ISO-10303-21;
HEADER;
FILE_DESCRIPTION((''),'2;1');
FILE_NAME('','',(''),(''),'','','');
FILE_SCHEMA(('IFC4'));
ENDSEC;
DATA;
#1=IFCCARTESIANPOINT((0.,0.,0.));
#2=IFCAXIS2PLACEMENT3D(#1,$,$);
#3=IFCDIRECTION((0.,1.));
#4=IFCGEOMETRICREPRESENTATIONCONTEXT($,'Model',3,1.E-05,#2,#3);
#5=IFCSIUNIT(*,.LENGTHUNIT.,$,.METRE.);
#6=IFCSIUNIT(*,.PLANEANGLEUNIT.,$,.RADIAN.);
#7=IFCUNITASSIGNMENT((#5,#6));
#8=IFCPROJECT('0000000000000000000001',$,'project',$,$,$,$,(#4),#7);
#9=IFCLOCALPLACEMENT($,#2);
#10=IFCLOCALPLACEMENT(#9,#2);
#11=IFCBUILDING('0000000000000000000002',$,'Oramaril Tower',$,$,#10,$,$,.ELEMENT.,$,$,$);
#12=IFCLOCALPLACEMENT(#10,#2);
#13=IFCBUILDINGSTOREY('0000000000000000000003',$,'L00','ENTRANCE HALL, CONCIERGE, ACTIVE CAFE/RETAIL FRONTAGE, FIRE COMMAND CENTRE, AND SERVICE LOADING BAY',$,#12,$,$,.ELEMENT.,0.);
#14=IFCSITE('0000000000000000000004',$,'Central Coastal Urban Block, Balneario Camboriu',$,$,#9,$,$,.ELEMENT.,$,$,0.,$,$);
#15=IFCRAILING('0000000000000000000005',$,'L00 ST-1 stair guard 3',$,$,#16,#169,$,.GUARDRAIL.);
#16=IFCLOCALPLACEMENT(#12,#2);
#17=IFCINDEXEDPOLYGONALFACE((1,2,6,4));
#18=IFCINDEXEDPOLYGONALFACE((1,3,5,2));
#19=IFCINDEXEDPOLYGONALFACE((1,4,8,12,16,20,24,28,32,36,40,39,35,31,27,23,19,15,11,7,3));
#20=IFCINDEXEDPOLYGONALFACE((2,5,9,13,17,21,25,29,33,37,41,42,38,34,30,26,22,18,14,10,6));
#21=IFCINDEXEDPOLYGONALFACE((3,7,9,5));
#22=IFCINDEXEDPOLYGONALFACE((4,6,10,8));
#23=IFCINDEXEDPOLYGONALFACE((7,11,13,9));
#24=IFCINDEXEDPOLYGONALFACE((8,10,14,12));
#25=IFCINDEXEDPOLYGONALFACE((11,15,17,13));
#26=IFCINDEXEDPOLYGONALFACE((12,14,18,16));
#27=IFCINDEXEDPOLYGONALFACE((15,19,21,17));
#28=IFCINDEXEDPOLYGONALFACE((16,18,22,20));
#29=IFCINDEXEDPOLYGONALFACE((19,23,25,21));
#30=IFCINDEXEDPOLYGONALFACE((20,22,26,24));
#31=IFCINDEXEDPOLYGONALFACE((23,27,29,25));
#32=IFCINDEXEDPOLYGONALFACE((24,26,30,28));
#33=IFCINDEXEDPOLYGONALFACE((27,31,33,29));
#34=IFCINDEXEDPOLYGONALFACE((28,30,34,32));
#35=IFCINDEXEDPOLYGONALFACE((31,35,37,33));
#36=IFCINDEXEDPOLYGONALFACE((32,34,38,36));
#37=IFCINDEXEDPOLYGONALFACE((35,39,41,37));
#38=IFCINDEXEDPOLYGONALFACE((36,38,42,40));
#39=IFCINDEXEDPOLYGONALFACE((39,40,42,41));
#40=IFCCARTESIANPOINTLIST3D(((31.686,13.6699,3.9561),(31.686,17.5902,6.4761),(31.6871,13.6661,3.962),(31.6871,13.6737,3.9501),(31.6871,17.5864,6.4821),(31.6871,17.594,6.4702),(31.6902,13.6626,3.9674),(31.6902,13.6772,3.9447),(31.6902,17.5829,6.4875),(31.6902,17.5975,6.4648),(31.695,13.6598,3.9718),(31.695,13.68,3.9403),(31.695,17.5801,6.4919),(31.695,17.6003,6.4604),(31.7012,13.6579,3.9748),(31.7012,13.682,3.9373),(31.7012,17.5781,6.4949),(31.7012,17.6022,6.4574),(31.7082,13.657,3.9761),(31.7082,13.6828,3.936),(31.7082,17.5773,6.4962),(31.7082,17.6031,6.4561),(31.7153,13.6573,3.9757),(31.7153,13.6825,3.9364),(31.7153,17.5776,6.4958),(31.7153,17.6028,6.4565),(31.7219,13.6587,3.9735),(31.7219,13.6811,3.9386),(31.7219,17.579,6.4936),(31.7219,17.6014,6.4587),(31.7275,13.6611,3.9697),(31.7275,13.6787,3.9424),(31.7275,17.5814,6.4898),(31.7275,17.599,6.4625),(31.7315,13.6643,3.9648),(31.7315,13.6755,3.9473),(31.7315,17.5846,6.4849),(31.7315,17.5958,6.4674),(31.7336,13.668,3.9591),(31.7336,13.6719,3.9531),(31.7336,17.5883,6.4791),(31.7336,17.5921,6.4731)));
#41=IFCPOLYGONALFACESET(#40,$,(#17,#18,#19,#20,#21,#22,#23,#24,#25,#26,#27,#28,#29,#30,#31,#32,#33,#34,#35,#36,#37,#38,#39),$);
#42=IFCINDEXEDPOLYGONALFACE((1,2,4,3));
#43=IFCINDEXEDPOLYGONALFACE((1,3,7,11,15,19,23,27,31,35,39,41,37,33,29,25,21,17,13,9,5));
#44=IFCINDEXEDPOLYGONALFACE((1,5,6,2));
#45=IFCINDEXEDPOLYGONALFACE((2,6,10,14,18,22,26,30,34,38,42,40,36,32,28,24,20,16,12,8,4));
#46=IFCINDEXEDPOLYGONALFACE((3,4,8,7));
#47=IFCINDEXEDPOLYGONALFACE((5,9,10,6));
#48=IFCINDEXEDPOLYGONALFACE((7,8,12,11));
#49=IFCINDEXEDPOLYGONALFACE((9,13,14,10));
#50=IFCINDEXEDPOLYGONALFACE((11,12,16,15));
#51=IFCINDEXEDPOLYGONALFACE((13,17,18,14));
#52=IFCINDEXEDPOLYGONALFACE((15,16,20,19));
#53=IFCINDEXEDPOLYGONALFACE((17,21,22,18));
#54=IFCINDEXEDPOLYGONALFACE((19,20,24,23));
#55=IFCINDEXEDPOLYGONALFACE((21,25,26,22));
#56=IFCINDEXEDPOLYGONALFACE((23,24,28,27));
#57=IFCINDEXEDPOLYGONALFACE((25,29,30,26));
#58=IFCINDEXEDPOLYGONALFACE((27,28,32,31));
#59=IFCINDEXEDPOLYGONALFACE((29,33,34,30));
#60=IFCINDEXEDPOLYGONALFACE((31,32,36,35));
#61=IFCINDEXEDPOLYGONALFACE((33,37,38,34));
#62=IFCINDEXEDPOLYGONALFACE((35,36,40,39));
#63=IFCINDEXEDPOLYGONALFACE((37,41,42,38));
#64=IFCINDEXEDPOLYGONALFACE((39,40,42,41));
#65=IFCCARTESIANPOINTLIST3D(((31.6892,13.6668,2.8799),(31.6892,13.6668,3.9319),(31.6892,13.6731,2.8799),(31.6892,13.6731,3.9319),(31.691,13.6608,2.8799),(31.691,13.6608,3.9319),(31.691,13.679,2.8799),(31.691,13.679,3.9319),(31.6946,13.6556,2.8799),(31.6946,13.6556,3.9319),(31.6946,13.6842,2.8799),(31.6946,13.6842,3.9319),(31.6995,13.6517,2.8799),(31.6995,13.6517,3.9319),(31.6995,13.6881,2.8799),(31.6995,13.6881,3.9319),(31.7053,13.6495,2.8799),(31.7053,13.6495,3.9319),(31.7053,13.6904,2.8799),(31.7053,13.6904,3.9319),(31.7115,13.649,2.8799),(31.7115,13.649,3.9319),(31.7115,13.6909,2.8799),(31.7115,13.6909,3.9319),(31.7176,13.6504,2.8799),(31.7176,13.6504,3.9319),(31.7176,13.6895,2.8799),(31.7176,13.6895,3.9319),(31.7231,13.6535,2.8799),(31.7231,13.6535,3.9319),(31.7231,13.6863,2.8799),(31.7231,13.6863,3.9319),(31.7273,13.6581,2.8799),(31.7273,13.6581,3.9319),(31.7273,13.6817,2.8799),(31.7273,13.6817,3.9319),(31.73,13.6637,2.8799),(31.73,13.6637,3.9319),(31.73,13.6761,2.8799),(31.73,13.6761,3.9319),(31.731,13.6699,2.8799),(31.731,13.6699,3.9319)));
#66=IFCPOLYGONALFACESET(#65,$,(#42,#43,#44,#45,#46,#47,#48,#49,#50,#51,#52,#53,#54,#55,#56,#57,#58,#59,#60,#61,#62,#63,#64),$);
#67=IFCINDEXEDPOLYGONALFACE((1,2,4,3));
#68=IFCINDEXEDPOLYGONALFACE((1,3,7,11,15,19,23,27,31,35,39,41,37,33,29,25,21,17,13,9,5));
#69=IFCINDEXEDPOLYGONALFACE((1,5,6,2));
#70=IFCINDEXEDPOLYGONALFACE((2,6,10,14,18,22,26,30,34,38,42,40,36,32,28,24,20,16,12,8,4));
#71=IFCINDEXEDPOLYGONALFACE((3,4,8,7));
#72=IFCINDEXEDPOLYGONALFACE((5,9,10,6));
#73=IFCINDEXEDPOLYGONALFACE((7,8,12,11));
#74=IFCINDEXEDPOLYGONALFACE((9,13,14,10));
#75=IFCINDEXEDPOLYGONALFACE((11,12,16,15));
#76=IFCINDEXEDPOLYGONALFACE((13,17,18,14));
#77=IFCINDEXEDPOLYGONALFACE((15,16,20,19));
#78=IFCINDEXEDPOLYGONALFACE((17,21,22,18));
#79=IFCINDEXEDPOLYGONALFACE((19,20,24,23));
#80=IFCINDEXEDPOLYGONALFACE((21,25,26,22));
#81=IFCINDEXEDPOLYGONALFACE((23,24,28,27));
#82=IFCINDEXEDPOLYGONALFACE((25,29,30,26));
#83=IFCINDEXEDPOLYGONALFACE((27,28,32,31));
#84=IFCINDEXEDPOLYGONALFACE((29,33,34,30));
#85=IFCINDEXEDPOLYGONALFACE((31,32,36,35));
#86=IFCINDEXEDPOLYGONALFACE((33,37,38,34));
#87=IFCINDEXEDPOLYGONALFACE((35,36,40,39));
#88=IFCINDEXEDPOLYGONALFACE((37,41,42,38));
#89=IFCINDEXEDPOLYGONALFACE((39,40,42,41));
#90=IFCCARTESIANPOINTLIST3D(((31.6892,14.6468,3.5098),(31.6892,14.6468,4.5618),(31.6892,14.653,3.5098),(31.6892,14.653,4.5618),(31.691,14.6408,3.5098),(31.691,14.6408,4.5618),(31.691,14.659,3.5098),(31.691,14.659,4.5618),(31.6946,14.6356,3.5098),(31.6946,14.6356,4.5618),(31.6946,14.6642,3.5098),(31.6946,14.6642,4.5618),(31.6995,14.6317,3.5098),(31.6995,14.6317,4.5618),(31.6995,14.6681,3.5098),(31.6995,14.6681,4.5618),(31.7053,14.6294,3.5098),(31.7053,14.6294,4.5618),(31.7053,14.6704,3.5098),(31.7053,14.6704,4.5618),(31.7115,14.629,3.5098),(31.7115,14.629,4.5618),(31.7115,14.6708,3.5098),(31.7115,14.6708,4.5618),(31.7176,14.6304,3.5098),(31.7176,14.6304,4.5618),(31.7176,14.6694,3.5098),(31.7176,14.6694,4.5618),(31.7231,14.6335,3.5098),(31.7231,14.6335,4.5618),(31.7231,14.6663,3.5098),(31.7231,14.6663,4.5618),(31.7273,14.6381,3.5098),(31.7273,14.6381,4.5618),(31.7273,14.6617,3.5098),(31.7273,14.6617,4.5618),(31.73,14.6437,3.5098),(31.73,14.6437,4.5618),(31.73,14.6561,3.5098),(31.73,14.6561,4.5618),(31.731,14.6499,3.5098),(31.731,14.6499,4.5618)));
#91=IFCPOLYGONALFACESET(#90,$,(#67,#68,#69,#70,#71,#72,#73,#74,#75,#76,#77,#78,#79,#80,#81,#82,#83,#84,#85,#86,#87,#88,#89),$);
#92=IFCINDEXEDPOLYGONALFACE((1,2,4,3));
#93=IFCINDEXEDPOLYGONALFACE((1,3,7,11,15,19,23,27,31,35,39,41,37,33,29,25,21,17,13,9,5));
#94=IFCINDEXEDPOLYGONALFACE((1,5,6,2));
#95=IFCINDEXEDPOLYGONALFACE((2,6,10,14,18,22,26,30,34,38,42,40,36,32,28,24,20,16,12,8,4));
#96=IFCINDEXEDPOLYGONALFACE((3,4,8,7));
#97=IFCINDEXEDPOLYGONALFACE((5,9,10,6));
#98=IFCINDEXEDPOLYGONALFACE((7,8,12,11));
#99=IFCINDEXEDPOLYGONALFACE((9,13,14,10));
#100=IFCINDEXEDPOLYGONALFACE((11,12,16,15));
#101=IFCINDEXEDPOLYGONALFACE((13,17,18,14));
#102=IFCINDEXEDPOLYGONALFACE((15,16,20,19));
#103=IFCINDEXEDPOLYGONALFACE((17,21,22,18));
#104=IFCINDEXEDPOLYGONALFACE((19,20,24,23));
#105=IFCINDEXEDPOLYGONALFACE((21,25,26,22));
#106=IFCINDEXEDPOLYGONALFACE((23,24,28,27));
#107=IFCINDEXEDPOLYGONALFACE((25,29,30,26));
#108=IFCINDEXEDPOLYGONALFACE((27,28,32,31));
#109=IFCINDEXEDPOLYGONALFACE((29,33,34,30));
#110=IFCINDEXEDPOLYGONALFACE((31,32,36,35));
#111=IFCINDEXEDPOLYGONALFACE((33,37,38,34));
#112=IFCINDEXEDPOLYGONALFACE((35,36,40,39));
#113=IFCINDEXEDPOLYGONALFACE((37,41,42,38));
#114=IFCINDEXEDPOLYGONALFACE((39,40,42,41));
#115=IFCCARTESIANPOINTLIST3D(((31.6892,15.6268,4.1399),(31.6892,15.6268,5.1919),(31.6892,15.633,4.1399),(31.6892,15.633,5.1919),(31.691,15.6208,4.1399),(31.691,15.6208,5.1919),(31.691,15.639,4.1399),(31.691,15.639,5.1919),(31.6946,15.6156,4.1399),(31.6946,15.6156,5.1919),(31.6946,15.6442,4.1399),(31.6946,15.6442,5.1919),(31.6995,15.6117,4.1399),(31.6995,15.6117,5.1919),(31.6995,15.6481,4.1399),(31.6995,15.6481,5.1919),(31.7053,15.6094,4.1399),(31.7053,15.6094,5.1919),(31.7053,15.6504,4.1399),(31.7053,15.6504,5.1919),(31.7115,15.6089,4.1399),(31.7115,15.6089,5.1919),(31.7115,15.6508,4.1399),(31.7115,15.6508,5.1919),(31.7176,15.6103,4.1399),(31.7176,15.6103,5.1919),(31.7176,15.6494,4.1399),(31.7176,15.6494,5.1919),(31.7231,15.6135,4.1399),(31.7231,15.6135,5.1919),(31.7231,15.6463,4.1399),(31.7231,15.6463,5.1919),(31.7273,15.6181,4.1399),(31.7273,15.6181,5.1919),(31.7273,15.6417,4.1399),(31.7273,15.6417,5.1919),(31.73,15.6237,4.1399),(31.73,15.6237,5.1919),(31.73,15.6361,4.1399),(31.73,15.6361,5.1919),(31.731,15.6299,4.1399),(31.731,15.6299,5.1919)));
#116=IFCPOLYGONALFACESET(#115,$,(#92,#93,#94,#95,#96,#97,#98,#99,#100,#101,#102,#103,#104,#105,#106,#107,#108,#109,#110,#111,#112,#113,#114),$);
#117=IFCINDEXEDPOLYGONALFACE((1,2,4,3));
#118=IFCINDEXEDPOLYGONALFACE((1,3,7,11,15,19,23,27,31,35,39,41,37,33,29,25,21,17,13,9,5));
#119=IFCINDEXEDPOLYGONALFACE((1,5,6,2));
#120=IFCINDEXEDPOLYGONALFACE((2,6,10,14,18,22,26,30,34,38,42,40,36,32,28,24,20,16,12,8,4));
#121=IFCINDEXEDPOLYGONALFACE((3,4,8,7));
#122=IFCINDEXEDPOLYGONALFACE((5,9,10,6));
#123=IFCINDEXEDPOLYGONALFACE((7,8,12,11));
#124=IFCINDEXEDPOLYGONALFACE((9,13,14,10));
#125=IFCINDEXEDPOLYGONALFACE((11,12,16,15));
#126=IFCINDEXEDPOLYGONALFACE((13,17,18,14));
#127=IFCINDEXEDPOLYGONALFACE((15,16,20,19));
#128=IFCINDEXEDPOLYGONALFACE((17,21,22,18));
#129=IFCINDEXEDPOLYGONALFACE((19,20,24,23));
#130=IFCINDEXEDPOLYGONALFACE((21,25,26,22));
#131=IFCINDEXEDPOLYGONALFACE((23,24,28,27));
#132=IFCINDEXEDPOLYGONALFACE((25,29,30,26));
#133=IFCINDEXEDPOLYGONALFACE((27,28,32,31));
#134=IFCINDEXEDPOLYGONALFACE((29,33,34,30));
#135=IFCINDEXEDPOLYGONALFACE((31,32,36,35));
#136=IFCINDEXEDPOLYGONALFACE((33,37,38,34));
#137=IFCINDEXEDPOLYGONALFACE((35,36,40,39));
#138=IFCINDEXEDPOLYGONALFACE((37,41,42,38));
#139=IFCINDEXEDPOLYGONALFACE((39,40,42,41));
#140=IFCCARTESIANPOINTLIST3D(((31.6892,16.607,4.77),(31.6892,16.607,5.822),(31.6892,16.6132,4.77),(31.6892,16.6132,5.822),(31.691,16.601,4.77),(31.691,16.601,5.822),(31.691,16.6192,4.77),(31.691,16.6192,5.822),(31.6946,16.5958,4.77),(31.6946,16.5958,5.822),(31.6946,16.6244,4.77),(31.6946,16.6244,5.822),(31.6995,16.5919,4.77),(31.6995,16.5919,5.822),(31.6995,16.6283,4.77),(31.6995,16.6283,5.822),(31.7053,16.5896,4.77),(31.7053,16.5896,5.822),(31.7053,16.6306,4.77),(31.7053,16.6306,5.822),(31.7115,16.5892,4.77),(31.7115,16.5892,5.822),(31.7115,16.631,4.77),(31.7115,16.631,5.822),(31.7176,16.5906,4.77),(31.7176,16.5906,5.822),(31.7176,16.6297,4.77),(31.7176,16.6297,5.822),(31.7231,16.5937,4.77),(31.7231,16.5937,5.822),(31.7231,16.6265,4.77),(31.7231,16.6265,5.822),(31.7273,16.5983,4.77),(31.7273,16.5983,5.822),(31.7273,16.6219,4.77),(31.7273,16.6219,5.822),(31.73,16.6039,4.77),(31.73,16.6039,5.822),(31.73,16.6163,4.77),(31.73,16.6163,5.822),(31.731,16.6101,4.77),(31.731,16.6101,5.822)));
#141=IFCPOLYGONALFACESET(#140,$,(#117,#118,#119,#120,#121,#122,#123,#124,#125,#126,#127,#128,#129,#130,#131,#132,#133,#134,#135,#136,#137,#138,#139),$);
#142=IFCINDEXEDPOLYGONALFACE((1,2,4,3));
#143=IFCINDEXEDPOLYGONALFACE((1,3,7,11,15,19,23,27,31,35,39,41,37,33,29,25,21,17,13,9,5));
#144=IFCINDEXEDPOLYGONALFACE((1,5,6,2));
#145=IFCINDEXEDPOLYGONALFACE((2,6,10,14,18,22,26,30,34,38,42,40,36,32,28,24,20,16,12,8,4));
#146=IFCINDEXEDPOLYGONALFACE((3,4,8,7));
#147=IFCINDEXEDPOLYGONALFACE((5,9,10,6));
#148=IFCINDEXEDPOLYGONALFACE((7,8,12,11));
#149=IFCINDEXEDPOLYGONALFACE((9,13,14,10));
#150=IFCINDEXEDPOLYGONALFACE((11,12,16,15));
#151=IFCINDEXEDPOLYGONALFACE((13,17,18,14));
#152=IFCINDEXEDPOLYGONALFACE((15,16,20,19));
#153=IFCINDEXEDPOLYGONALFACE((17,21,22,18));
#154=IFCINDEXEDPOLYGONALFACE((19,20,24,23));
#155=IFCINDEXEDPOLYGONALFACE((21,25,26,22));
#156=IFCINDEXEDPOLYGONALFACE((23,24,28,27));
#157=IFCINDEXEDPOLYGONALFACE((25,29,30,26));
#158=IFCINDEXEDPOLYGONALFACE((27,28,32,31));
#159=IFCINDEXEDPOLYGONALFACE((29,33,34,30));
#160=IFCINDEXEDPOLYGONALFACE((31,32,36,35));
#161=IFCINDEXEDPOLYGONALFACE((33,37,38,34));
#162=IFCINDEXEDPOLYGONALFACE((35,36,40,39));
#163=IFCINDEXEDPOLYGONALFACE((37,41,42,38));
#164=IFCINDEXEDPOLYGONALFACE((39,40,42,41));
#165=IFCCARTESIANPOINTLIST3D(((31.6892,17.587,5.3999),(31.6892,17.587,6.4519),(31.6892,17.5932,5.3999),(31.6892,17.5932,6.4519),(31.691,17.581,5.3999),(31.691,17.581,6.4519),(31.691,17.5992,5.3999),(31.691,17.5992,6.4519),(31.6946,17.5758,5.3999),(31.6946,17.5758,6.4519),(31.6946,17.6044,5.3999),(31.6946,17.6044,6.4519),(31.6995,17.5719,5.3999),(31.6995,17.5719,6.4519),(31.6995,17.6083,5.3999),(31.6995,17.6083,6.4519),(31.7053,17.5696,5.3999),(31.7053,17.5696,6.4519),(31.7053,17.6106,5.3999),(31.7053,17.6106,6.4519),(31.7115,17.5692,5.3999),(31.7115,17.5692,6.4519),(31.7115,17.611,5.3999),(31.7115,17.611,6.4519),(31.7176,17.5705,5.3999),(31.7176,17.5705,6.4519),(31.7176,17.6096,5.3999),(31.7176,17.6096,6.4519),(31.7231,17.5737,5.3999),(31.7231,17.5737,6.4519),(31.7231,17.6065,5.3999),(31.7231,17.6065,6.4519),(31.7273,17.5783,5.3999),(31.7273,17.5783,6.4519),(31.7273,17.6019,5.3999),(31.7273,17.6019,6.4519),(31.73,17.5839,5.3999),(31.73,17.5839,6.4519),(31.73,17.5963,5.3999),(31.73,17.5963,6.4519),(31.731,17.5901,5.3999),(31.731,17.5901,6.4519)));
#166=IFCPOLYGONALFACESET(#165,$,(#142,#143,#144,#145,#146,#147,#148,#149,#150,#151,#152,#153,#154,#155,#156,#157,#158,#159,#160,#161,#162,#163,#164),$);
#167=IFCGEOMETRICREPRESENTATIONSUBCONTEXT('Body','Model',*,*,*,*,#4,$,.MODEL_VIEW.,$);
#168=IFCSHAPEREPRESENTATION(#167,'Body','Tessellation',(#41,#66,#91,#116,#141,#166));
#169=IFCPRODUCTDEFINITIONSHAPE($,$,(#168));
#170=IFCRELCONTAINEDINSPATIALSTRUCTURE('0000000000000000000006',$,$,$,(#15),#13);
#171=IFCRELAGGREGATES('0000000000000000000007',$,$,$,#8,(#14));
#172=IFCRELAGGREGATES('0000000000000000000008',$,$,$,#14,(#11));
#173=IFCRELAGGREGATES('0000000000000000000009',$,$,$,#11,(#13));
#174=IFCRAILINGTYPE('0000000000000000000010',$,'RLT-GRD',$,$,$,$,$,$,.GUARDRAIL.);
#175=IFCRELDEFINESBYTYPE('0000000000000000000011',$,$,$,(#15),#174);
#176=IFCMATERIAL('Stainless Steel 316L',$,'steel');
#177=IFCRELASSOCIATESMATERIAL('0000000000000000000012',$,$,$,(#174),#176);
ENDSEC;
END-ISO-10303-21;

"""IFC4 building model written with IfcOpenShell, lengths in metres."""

from ifc_helpers import new_model, si_unit, direction, frame, origin, origin_2d, place, context, subcontext, project, spatial, circle, extrude, material, type_object, element, save


model = new_model("IFC4")

# Units and contexts
model_context = context("Model", 3, precision=1e-05, world=origin(), true_north=direction((0.0, 1.0)))
body_context = subcontext(model_context, "Body", "Model", "MODEL_VIEW")
ifc_project = project(units=[si_unit("LENGTHUNIT", "METRE"), si_unit("PLANEANGLEUNIT", "RADIAN")], contexts=[model_context])

# Site, building, storey
site_placement = place(None, origin())
site = spatial("IfcSite", under=ifc_project, at=site_placement, Name="Central Coastal Urban Block, Balneario Camboriu", CompositionType="ELEMENT", RefElevation=0.0)
building_placement = place(site_placement, origin())
building = spatial("IfcBuilding", under=site, at=building_placement, Name="Oramaril Tower", CompositionType="ELEMENT")
storey_placement = place(building_placement, origin())
storey = spatial("IfcBuildingStorey", under=building, at=storey_placement, Name="L00", Description="ENTRANCE HALL, CONCIERGE, ACTIVE CAFE/RETAIL FRONTAGE, FIRE COMMAND CENTRE, AND SERVICE LOADING BAY", CompositionType="ELEMENT", Elevation=0.0)

# Railing
ifc_material_1 = material(Name="Stainless Steel 316L", Category="steel")
railing_type_1 = type_object("IfcRailingType", Name="RLT-GRD", PredefinedType="GUARDRAIL", material=ifc_material_1)
railing_1_placement = place(storey_placement, frame((31.71, 13.6699, 2.8799)))
element("IfcRailing", 1, at=railing_1_placement, inside=storey, type_object=railing_type_1, Name="L00 ST-1 stair guard 3", PredefinedType="GUARDRAIL", context=body_context, shape_type="SweptSolid", body=[
    extrude(circle(Radius=0.0239, at=origin_2d()), frame((0.0, 0.0, 1.0762), z_axis=(0.0, 0.841187, 0.540744), x_axis=(-1.0, 0.0, 0.0)), (0.0, 0.0, 1.0), 4.6604),
    extrude(circle(Radius=0.021, at=origin_2d()), origin(), (0.0, 0.0, 1.0), 1.052),
    extrude(circle(Radius=0.021, at=origin_2d()), frame((0.0, 0.98, 0.6299)), (0.0, 0.0, 1.0), 1.052),
    extrude(circle(Radius=0.021, at=origin_2d()), frame((0.0, 1.96, 1.26)), (0.0, 0.0, 1.0), 1.052),
    extrude(circle(Radius=0.021, at=origin_2d()), frame((0.0, 2.9402, 1.8901)), (0.0, 0.0, 1.0), 1.052),
    extrude(circle(Radius=0.021, at=origin_2d()), frame((0.0, 3.9202, 2.52)), (0.0, 0.0, 1.0), 1.052),
])

save(model, "model.ifc")
